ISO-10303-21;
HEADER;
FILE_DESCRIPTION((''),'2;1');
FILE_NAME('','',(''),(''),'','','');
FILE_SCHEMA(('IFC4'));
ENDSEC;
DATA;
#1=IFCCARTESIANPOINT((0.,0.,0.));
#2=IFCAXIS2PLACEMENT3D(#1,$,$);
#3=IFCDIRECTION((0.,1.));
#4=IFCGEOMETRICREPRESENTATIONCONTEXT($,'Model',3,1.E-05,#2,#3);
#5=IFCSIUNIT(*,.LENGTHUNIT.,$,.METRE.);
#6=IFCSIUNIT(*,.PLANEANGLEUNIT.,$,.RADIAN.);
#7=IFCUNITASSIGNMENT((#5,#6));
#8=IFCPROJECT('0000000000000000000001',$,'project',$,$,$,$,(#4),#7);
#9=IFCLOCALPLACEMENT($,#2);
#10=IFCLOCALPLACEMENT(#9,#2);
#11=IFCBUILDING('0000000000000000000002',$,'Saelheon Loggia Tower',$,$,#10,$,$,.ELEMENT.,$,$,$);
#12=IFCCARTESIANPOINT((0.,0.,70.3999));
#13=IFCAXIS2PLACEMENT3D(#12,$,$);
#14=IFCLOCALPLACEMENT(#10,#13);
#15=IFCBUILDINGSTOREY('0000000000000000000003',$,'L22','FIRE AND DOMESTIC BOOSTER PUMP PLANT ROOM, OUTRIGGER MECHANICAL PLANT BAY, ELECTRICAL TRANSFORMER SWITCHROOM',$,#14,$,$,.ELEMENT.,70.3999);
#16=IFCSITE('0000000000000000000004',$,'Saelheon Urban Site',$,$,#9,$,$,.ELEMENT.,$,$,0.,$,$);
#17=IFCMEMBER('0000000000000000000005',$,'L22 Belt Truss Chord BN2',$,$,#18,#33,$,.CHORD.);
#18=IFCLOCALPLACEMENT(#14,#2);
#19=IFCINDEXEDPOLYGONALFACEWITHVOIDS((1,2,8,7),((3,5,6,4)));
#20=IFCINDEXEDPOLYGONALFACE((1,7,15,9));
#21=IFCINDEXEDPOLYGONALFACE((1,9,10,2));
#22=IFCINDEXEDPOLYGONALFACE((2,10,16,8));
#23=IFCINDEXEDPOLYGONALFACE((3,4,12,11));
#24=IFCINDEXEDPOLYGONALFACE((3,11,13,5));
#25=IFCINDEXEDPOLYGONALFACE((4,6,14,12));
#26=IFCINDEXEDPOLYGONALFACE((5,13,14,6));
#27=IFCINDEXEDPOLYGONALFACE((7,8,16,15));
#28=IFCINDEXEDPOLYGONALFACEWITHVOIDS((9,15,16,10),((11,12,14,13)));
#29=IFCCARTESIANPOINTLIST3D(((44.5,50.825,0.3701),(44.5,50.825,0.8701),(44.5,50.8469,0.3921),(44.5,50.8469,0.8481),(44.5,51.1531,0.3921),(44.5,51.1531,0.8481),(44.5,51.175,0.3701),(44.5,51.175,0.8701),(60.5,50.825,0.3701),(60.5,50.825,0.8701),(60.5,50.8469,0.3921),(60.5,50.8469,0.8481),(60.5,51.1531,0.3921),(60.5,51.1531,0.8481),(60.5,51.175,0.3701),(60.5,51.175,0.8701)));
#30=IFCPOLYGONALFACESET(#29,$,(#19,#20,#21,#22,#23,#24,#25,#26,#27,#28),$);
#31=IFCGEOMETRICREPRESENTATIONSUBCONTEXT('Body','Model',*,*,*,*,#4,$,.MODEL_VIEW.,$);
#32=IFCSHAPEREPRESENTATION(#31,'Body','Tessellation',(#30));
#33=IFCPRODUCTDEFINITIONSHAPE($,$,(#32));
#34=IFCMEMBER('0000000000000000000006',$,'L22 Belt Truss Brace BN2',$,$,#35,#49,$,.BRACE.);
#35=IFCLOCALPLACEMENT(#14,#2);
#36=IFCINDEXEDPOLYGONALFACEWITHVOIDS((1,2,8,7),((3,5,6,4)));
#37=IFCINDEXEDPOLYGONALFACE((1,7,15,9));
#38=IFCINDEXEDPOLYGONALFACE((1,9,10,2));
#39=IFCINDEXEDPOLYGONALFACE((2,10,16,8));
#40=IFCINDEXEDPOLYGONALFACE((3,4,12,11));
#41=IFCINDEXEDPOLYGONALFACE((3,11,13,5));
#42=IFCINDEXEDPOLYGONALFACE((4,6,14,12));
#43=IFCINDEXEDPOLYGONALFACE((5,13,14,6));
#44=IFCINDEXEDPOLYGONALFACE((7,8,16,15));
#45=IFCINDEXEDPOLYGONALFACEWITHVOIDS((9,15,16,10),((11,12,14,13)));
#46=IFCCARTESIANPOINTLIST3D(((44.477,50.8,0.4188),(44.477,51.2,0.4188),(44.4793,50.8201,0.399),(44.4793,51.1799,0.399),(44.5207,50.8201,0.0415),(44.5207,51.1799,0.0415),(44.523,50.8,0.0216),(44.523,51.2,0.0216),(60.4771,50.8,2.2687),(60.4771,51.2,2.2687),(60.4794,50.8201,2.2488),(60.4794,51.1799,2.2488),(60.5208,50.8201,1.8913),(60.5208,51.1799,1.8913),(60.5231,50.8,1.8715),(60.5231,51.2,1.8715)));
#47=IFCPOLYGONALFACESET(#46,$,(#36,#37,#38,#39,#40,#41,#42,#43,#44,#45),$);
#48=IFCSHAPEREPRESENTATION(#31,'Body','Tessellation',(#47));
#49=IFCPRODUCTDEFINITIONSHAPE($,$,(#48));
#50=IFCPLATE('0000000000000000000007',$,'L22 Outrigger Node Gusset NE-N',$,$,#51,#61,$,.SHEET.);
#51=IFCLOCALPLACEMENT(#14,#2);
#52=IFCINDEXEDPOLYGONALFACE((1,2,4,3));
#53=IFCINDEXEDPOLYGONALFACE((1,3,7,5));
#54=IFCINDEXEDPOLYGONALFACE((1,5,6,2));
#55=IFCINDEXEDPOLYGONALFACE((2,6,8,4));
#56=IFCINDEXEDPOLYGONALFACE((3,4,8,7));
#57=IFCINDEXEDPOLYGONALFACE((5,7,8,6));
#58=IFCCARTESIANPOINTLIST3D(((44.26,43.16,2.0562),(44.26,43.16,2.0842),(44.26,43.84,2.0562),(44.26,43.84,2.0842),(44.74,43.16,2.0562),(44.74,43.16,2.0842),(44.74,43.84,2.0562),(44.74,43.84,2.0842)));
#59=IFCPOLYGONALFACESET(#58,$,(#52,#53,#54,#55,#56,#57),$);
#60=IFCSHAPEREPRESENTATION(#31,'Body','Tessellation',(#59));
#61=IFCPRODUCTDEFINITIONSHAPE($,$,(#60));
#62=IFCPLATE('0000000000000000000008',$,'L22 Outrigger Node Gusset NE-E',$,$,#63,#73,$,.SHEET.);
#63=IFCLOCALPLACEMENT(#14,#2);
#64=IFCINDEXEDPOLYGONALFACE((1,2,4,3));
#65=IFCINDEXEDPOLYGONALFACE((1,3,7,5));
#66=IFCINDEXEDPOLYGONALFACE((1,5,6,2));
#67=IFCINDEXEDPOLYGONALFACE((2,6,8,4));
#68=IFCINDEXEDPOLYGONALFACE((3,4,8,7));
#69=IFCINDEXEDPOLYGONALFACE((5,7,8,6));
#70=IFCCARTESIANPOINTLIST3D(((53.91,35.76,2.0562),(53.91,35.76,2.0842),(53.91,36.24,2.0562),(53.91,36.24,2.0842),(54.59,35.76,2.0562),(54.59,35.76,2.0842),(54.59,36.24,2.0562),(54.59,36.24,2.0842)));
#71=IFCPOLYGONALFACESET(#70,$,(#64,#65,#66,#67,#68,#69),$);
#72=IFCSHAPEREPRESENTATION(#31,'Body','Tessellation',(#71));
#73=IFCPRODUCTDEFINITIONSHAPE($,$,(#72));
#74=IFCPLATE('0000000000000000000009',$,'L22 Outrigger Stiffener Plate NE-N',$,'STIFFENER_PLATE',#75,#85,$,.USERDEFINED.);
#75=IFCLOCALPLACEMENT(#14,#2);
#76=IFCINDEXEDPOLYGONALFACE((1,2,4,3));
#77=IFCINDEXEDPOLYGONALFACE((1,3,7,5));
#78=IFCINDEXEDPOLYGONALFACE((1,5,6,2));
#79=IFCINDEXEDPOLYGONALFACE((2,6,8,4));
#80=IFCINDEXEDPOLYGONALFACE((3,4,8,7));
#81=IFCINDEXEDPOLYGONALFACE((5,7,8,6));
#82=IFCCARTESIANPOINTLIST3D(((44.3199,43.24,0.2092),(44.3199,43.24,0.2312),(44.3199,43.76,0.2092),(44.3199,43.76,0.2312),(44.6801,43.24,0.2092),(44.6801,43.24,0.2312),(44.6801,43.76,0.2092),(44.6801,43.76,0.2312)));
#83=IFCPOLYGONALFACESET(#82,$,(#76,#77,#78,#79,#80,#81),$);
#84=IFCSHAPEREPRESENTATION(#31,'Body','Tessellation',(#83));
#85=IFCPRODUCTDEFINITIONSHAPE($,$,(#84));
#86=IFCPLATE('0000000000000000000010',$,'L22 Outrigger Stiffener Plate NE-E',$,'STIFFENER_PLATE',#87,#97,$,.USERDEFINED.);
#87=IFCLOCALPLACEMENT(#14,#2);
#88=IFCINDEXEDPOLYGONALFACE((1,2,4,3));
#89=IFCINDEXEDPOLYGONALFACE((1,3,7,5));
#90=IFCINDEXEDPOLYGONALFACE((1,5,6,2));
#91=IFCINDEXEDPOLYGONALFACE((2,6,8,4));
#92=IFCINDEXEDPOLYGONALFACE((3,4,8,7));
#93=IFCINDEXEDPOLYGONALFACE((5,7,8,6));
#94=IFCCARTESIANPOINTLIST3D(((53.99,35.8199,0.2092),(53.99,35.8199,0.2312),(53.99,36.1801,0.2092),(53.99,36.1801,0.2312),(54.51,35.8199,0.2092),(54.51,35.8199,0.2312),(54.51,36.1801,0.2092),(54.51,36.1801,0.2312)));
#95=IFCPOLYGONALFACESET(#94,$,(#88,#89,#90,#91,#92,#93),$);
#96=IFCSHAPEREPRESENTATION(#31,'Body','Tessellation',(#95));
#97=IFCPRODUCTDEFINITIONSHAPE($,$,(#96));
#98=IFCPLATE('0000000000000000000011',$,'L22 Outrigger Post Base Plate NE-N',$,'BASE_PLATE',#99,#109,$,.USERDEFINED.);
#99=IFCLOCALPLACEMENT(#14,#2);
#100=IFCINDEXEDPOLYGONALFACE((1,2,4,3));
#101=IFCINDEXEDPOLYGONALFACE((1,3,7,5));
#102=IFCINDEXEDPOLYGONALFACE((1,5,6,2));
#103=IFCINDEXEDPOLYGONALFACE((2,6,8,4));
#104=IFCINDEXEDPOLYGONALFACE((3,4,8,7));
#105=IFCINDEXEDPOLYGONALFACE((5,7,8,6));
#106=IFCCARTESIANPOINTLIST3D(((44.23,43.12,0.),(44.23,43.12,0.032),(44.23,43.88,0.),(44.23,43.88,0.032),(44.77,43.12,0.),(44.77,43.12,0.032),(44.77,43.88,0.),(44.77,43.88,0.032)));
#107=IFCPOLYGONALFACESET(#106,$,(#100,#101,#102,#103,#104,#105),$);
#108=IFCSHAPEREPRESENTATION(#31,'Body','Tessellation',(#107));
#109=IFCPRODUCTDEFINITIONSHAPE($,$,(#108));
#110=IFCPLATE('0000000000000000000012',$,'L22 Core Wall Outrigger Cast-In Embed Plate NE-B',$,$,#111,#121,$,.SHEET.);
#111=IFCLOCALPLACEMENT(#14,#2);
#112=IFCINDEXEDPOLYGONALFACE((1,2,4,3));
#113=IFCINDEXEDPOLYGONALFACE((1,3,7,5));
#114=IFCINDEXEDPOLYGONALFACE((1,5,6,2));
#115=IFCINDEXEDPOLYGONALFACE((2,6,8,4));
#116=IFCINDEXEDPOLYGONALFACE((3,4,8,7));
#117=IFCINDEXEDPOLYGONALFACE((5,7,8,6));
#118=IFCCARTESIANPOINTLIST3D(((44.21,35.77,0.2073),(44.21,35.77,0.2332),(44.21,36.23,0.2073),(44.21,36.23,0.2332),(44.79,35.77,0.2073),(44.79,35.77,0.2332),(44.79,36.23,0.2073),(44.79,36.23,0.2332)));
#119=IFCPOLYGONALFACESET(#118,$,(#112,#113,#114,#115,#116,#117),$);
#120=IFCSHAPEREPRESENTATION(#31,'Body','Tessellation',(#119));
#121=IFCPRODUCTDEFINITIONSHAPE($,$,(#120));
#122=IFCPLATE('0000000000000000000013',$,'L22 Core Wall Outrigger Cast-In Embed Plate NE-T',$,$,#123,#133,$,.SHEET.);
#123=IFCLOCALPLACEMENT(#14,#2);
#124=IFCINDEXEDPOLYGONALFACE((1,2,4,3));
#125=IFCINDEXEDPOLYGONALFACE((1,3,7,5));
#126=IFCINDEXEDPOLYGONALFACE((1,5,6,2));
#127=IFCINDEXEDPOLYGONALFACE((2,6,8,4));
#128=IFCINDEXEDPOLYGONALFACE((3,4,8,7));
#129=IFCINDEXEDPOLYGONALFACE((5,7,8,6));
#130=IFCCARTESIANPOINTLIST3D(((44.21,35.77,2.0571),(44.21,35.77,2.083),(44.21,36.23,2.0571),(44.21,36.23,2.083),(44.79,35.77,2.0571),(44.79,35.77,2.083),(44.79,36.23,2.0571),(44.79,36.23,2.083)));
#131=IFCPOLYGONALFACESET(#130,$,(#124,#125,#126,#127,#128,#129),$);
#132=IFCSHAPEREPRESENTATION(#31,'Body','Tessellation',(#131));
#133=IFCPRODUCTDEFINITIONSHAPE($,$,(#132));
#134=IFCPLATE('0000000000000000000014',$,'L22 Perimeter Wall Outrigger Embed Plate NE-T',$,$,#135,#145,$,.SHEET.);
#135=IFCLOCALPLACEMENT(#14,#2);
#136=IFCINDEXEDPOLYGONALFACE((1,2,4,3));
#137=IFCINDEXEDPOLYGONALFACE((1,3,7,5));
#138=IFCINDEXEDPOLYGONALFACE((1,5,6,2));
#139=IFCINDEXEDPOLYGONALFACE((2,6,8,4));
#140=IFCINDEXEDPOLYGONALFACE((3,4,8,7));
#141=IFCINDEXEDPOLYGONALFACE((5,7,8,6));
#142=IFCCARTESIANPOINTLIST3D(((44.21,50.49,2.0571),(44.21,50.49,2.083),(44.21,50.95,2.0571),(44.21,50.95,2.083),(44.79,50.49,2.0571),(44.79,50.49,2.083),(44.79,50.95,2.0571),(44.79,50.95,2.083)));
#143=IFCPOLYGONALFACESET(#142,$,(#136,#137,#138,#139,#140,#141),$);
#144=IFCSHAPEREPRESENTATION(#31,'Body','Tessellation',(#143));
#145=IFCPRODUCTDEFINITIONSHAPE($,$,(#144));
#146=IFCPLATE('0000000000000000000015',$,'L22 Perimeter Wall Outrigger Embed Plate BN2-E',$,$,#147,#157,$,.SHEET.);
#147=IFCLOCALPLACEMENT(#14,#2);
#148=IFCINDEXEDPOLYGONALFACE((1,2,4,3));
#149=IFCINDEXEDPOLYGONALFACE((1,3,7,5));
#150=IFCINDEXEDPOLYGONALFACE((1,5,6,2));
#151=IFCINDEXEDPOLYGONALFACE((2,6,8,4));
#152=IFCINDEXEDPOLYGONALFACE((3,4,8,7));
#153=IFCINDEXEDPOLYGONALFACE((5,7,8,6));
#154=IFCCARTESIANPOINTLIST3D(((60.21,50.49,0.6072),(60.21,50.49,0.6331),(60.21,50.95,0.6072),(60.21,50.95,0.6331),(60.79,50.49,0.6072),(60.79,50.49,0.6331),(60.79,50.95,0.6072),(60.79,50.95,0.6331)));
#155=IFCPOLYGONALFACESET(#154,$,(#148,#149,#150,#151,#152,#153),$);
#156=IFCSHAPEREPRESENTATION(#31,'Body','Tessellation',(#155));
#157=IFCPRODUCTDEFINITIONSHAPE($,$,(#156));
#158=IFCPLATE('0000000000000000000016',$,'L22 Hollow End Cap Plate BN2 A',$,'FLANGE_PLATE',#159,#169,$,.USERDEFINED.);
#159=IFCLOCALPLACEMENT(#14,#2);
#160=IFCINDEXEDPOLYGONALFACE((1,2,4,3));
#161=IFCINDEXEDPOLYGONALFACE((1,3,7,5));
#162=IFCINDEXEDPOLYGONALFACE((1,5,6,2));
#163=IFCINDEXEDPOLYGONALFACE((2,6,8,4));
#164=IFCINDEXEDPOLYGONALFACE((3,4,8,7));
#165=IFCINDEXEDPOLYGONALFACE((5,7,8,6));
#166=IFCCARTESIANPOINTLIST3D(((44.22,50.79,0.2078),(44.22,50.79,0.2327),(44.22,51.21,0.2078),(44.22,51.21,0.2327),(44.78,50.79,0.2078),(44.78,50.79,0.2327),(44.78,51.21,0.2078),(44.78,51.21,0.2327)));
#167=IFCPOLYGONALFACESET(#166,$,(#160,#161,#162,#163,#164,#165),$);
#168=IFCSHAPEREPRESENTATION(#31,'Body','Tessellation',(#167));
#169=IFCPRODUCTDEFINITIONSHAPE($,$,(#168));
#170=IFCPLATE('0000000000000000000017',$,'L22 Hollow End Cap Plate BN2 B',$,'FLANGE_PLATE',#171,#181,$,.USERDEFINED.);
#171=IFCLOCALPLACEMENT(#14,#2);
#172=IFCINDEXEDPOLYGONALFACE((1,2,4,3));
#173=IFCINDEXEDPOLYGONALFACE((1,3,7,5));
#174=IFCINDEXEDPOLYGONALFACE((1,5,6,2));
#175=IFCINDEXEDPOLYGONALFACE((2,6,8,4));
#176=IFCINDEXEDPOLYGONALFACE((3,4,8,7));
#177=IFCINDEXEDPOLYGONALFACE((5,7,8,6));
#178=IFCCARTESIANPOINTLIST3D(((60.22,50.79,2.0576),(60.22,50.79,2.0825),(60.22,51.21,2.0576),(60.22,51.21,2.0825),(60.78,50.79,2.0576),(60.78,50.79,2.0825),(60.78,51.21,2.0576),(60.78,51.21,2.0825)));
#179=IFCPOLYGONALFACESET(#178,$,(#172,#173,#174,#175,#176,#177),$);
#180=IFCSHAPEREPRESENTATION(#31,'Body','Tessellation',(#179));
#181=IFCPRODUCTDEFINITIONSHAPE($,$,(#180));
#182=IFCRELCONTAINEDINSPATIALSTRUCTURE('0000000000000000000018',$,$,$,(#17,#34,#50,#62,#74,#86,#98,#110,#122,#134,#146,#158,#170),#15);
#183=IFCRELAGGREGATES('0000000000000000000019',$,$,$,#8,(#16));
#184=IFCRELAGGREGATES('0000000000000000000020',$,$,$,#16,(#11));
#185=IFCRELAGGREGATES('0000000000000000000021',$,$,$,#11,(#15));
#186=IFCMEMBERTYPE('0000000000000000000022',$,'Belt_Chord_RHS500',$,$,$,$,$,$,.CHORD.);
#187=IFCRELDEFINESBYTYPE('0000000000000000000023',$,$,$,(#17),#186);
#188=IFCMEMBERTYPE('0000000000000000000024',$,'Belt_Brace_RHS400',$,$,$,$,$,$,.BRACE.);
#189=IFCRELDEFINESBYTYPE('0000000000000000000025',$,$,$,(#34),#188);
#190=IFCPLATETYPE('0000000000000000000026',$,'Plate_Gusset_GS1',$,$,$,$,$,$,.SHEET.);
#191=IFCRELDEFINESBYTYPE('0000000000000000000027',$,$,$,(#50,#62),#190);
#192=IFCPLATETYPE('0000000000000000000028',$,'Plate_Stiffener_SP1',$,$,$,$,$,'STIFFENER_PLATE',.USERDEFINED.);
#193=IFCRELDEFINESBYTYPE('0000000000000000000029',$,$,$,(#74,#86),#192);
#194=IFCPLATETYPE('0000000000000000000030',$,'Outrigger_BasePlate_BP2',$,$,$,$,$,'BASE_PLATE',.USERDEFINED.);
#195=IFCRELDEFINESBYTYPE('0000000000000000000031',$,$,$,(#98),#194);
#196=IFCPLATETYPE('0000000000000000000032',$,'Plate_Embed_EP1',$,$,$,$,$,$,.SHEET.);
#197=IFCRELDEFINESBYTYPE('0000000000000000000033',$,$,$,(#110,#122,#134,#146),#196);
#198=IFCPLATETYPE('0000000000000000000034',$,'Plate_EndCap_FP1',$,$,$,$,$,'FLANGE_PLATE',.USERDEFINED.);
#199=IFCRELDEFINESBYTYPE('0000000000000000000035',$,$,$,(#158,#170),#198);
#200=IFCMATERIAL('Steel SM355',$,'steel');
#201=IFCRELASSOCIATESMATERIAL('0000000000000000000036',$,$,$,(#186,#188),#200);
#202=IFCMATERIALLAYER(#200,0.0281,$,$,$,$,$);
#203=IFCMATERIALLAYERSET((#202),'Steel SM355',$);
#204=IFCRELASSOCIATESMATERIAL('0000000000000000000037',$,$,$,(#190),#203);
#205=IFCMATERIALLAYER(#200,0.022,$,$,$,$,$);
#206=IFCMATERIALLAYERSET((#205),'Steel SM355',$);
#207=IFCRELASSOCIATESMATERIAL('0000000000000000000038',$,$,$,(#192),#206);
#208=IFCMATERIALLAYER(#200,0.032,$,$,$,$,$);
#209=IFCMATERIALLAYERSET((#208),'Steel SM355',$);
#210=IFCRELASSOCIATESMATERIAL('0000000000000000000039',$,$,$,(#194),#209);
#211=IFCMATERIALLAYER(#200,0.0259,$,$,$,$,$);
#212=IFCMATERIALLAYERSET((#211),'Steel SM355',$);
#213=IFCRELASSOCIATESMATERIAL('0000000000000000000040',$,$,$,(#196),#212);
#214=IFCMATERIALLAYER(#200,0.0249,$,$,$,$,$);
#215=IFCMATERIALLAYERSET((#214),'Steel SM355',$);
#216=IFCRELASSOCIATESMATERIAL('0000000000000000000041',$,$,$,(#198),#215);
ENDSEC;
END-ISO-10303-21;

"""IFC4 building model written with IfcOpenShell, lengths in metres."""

from ifc_helpers import new_model, si_unit, direction, frame, origin, origin_2d, place, context, subcontext, project, spatial, rectangle, hollow_rectangle, extrude, source, transform, mapped, material, layer, layer_set, material_profile, profile_set, type_object, element, save


model = new_model("IFC4")

# Units and contexts
model_context = context("Model", 3, precision=1e-05, world=origin(), true_north=direction((0.0, 1.0)))
body_context = subcontext(model_context, "Body", "Model", "MODEL_VIEW")
ifc_project = project(units=[si_unit("LENGTHUNIT", "METRE"), si_unit("PLANEANGLEUNIT", "RADIAN")], contexts=[model_context])

# Site, building, storey
site_placement = place(None, origin())
site = spatial("IfcSite", under=ifc_project, at=site_placement, Name="Saelheon Urban Site", CompositionType="ELEMENT", RefElevation=0.0)
building_placement = place(site_placement, origin())
building = spatial("IfcBuilding", under=site, at=building_placement, Name="Saelheon Loggia Tower", CompositionType="ELEMENT")
storey_placement = place(building_placement, frame((0.0, 0.0, 70.3999)))
storey = spatial("IfcBuildingStorey", under=building, at=storey_placement, Name="L22", Description="FIRE AND DOMESTIC BOOSTER PUMP PLANT ROOM, OUTRIGGER MECHANICAL PLANT BAY, ELECTRICAL TRANSFORMER SWITCHROOM", CompositionType="ELEMENT", Elevation=70.3999)

# Members
ifc_material_1 = material(Name="Steel SM355", Category="steel")
ifc_material_profile_1 = material_profile(ifc_material_1, hollow_rectangle(XDim=0.3501, YDim=0.5, WallThickness=0.022, at=origin_2d()), Name="RHS-500x350x22")
ifc_profile_set_1 = profile_set([ifc_material_profile_1], Name="Steel SM355")
member_type_1 = type_object("IfcMemberType", Name="Belt_Chord_RHS500", PredefinedType="CHORD", material=ifc_profile_set_1)
shared_shape_1 = source(origin(), body_context, "Body", "SweptSolid", [
    extrude(hollow_rectangle(XDim=0.3501, YDim=0.5, WallThickness=0.022, at=origin_2d()), origin(), (0.0, 0.0, 1.0), 16.0),
])
member_1_placement = place(storey_placement, frame((44.5, 51.0, 0.6201), z_axis=(1.0, 0.0, 0.0), x_axis=(0.0, 1.0, 0.0)))
element("IfcMember", 1, at=member_1_placement, inside=storey, type_object=member_type_1, Name="L22 Belt Truss Chord BN2", PredefinedType="CHORD", context=body_context, shape_type="MappedRepresentation", body=[
    mapped(shared_shape_1, transform((0.0, 0.0, 0.0), scale=1.0)),
])
ifc_material_profile_2 = material_profile(ifc_material_1, hollow_rectangle(XDim=0.3999, YDim=0.3999, WallThickness=0.02, at=origin_2d()), Name="RHS-400x400x20")
ifc_profile_set_2 = profile_set([ifc_material_profile_2], Name="Steel SM355")
member_type_2 = type_object("IfcMemberType", Name="Belt_Brace_RHS400", PredefinedType="BRACE", material=ifc_profile_set_2)
shared_shape_2 = source(origin(), body_context, "Body", "SweptSolid", [
    extrude(hollow_rectangle(XDim=0.3999, YDim=0.3999, WallThickness=0.02, at=origin_2d()), origin(), (0.0, 0.0, 1.0), 16.1067),
])
member_2_placement = place(storey_placement, frame((44.5, 51.0, 0.2202), z_axis=(0.993383, 0.0, 0.114851), x_axis=(0.0, 1.0, 0.0)))
element("IfcMember", 2, at=member_2_placement, inside=storey, type_object=member_type_2, Name="L22 Belt Truss Brace BN2", PredefinedType="BRACE", context=body_context, shape_type="MappedRepresentation", body=[
    mapped(shared_shape_2, transform((0.0, 0.0, 0.0), scale=1.0)),
])

# Plates
ifc_layer_1 = layer(ifc_material_1, 0.0281)
ifc_layer_set_1 = layer_set([ifc_layer_1], Name="Steel SM355")
plate_type_1 = type_object("IfcPlateType", Name="Plate_Gusset_GS1", PredefinedType="SHEET", material=ifc_layer_set_1)
shared_shape_3 = source(origin(), body_context, "Body", "SweptSolid", [
    extrude(rectangle(XDim=0.6799, YDim=0.48, at=origin_2d()), origin(), (0.0, 0.0, 1.0), 0.0281),
])
for number, where, z_axis, x_axis, name in (
    (3, (44.5, 43.5, 2.0562), (0.0, 0.0, 1.0), (0.0, 1.0, 0.0), "L22 Outrigger Node Gusset NE-N"),
    (4, (54.25, 36.0, 2.0562), (0.0, 0.0, 1.0), (1.0, 0.0, 0.0), "L22 Outrigger Node Gusset NE-E"),
):
    element("IfcPlate", number, at=place(storey_placement, frame(where, z_axis=z_axis, x_axis=x_axis)), inside=storey, type_object=plate_type_1, Name=name, PredefinedType="SHEET", context=body_context, shape_type="MappedRepresentation", body=[
        mapped(shared_shape_3, transform((0.0, 0.0, 0.0), scale=1.0)),
    ])
ifc_layer_2 = layer(ifc_material_1, 0.022)
ifc_layer_set_2 = layer_set([ifc_layer_2], Name="Steel SM355")
plate_type_2 = type_object("IfcPlateType", Name="Plate_Stiffener_SP1", ElementType="STIFFENER_PLATE", PredefinedType="USERDEFINED", material=ifc_layer_set_2)
shared_shape_4 = source(origin(), body_context, "Body", "SweptSolid", [
    extrude(rectangle(XDim=0.52, YDim=0.3601, at=origin_2d()), origin(), (0.0, 0.0, 1.0), 0.022),
])
for number, where, z_axis, x_axis, name in (
    (5, (44.5, 43.5, 0.2092), (0.0, 0.0, 1.0), (0.0, 1.0, 0.0), "L22 Outrigger Stiffener Plate NE-N"),
    (6, (54.25, 36.0, 0.2092), (0.0, 0.0, 1.0), (1.0, 0.0, 0.0), "L22 Outrigger Stiffener Plate NE-E"),
):
    element("IfcPlate", number, at=place(storey_placement, frame(where, z_axis=z_axis, x_axis=x_axis)), inside=storey, type_object=plate_type_2, Name=name, ObjectType="STIFFENER_PLATE", PredefinedType="USERDEFINED", context=body_context, shape_type="MappedRepresentation", body=[
        mapped(shared_shape_4, transform((0.0, 0.0, 0.0), scale=1.0)),
    ])
ifc_layer_3 = layer(ifc_material_1, 0.032)
ifc_layer_set_3 = layer_set([ifc_layer_3], Name="Steel SM355")
plate_type_3 = type_object("IfcPlateType", Name="Outrigger_BasePlate_BP2", ElementType="BASE_PLATE", PredefinedType="USERDEFINED", material=ifc_layer_set_3)
shared_shape_5 = source(origin(), body_context, "Body", "SweptSolid", [
    extrude(rectangle(XDim=0.76, YDim=0.54, at=origin_2d()), origin(), (0.0, 0.0, 1.0), 0.032),
])
plate_placement = place(storey_placement, frame((44.5, 43.5, 0.0), z_axis=(0.0, 0.0, 1.0), x_axis=(0.0, 1.0, 0.0)))
element("IfcPlate", 7, at=plate_placement, inside=storey, type_object=plate_type_3, Name="L22 Outrigger Post Base Plate NE-N", ObjectType="BASE_PLATE", PredefinedType="USERDEFINED", context=body_context, shape_type="MappedRepresentation", body=[
    mapped(shared_shape_5, transform((0.0, 0.0, 0.0), scale=1.0)),
])
ifc_layer_4 = layer(ifc_material_1, 0.0259)
ifc_layer_set_4 = layer_set([ifc_layer_4], Name="Steel SM355")
plate_type_4 = type_object("IfcPlateType", Name="Plate_Embed_EP1", PredefinedType="SHEET", material=ifc_layer_set_4)
shared_shape_6 = source(origin(), body_context, "Body", "SweptSolid", [
    extrude(rectangle(XDim=0.5801, YDim=0.46, at=origin_2d()), origin(), (0.0, 0.0, 1.0), 0.0259),
])
for number, where, z_axis, x_axis, name in (
    (8, (44.5, 36.0, 0.2073), (0.0, 0.0, 1.0), (1.0, 0.0, 0.0), "L22 Core Wall Outrigger Cast-In Embed Plate NE-B"),
    (9, (44.5, 36.0, 2.0571), (0.0, 0.0, 1.0), (1.0, 0.0, 0.0), "L22 Core Wall Outrigger Cast-In Embed Plate NE-T"),
    (10, (44.5, 50.72, 2.0571), (0.0, 0.0, 1.0), (1.0, 0.0, 0.0), "L22 Perimeter Wall Outrigger Embed Plate NE-T"),
    (11, (60.5, 50.72, 0.6072), (0.0, 0.0, 1.0), (1.0, 0.0, 0.0), "L22 Perimeter Wall Outrigger Embed Plate BN2-E"),
):
    element("IfcPlate", number, at=place(storey_placement, frame(where, z_axis=z_axis, x_axis=x_axis)), inside=storey, type_object=plate_type_4, Name=name, PredefinedType="SHEET", context=body_context, shape_type="MappedRepresentation", body=[
        mapped(shared_shape_6, transform((0.0, 0.0, 0.0), scale=1.0)),
    ])
ifc_layer_5 = layer(ifc_material_1, 0.0249)
ifc_layer_set_5 = layer_set([ifc_layer_5], Name="Steel SM355")
plate_type_5 = type_object("IfcPlateType", Name="Plate_EndCap_FP1", ElementType="FLANGE_PLATE", PredefinedType="USERDEFINED", material=ifc_layer_set_5)
shared_shape_7 = source(origin(), body_context, "Body", "SweptSolid", [
    extrude(rectangle(XDim=0.5601, YDim=0.4199, at=origin_2d()), origin(), (0.0, 0.0, 1.0), 0.0249),
])
for number, where, z_axis, x_axis, name in (
    (12, (44.5, 51.0, 0.2078), (0.0, 0.0, 1.0), (1.0, 0.0, 0.0), "L22 Hollow End Cap Plate BN2 A"),
    (13, (60.5, 51.0, 2.0576), (0.0, 0.0, 1.0), (1.0, 0.0, 0.0), "L22 Hollow End Cap Plate BN2 B"),
):
    element("IfcPlate", number, at=place(storey_placement, frame(where, z_axis=z_axis, x_axis=x_axis)), inside=storey, type_object=plate_type_5, Name=name, ObjectType="FLANGE_PLATE", PredefinedType="USERDEFINED", context=body_context, shape_type="MappedRepresentation", body=[
        mapped(shared_shape_7, transform((0.0, 0.0, 0.0), scale=1.0)),
    ])

save(model, "model.ifc")
